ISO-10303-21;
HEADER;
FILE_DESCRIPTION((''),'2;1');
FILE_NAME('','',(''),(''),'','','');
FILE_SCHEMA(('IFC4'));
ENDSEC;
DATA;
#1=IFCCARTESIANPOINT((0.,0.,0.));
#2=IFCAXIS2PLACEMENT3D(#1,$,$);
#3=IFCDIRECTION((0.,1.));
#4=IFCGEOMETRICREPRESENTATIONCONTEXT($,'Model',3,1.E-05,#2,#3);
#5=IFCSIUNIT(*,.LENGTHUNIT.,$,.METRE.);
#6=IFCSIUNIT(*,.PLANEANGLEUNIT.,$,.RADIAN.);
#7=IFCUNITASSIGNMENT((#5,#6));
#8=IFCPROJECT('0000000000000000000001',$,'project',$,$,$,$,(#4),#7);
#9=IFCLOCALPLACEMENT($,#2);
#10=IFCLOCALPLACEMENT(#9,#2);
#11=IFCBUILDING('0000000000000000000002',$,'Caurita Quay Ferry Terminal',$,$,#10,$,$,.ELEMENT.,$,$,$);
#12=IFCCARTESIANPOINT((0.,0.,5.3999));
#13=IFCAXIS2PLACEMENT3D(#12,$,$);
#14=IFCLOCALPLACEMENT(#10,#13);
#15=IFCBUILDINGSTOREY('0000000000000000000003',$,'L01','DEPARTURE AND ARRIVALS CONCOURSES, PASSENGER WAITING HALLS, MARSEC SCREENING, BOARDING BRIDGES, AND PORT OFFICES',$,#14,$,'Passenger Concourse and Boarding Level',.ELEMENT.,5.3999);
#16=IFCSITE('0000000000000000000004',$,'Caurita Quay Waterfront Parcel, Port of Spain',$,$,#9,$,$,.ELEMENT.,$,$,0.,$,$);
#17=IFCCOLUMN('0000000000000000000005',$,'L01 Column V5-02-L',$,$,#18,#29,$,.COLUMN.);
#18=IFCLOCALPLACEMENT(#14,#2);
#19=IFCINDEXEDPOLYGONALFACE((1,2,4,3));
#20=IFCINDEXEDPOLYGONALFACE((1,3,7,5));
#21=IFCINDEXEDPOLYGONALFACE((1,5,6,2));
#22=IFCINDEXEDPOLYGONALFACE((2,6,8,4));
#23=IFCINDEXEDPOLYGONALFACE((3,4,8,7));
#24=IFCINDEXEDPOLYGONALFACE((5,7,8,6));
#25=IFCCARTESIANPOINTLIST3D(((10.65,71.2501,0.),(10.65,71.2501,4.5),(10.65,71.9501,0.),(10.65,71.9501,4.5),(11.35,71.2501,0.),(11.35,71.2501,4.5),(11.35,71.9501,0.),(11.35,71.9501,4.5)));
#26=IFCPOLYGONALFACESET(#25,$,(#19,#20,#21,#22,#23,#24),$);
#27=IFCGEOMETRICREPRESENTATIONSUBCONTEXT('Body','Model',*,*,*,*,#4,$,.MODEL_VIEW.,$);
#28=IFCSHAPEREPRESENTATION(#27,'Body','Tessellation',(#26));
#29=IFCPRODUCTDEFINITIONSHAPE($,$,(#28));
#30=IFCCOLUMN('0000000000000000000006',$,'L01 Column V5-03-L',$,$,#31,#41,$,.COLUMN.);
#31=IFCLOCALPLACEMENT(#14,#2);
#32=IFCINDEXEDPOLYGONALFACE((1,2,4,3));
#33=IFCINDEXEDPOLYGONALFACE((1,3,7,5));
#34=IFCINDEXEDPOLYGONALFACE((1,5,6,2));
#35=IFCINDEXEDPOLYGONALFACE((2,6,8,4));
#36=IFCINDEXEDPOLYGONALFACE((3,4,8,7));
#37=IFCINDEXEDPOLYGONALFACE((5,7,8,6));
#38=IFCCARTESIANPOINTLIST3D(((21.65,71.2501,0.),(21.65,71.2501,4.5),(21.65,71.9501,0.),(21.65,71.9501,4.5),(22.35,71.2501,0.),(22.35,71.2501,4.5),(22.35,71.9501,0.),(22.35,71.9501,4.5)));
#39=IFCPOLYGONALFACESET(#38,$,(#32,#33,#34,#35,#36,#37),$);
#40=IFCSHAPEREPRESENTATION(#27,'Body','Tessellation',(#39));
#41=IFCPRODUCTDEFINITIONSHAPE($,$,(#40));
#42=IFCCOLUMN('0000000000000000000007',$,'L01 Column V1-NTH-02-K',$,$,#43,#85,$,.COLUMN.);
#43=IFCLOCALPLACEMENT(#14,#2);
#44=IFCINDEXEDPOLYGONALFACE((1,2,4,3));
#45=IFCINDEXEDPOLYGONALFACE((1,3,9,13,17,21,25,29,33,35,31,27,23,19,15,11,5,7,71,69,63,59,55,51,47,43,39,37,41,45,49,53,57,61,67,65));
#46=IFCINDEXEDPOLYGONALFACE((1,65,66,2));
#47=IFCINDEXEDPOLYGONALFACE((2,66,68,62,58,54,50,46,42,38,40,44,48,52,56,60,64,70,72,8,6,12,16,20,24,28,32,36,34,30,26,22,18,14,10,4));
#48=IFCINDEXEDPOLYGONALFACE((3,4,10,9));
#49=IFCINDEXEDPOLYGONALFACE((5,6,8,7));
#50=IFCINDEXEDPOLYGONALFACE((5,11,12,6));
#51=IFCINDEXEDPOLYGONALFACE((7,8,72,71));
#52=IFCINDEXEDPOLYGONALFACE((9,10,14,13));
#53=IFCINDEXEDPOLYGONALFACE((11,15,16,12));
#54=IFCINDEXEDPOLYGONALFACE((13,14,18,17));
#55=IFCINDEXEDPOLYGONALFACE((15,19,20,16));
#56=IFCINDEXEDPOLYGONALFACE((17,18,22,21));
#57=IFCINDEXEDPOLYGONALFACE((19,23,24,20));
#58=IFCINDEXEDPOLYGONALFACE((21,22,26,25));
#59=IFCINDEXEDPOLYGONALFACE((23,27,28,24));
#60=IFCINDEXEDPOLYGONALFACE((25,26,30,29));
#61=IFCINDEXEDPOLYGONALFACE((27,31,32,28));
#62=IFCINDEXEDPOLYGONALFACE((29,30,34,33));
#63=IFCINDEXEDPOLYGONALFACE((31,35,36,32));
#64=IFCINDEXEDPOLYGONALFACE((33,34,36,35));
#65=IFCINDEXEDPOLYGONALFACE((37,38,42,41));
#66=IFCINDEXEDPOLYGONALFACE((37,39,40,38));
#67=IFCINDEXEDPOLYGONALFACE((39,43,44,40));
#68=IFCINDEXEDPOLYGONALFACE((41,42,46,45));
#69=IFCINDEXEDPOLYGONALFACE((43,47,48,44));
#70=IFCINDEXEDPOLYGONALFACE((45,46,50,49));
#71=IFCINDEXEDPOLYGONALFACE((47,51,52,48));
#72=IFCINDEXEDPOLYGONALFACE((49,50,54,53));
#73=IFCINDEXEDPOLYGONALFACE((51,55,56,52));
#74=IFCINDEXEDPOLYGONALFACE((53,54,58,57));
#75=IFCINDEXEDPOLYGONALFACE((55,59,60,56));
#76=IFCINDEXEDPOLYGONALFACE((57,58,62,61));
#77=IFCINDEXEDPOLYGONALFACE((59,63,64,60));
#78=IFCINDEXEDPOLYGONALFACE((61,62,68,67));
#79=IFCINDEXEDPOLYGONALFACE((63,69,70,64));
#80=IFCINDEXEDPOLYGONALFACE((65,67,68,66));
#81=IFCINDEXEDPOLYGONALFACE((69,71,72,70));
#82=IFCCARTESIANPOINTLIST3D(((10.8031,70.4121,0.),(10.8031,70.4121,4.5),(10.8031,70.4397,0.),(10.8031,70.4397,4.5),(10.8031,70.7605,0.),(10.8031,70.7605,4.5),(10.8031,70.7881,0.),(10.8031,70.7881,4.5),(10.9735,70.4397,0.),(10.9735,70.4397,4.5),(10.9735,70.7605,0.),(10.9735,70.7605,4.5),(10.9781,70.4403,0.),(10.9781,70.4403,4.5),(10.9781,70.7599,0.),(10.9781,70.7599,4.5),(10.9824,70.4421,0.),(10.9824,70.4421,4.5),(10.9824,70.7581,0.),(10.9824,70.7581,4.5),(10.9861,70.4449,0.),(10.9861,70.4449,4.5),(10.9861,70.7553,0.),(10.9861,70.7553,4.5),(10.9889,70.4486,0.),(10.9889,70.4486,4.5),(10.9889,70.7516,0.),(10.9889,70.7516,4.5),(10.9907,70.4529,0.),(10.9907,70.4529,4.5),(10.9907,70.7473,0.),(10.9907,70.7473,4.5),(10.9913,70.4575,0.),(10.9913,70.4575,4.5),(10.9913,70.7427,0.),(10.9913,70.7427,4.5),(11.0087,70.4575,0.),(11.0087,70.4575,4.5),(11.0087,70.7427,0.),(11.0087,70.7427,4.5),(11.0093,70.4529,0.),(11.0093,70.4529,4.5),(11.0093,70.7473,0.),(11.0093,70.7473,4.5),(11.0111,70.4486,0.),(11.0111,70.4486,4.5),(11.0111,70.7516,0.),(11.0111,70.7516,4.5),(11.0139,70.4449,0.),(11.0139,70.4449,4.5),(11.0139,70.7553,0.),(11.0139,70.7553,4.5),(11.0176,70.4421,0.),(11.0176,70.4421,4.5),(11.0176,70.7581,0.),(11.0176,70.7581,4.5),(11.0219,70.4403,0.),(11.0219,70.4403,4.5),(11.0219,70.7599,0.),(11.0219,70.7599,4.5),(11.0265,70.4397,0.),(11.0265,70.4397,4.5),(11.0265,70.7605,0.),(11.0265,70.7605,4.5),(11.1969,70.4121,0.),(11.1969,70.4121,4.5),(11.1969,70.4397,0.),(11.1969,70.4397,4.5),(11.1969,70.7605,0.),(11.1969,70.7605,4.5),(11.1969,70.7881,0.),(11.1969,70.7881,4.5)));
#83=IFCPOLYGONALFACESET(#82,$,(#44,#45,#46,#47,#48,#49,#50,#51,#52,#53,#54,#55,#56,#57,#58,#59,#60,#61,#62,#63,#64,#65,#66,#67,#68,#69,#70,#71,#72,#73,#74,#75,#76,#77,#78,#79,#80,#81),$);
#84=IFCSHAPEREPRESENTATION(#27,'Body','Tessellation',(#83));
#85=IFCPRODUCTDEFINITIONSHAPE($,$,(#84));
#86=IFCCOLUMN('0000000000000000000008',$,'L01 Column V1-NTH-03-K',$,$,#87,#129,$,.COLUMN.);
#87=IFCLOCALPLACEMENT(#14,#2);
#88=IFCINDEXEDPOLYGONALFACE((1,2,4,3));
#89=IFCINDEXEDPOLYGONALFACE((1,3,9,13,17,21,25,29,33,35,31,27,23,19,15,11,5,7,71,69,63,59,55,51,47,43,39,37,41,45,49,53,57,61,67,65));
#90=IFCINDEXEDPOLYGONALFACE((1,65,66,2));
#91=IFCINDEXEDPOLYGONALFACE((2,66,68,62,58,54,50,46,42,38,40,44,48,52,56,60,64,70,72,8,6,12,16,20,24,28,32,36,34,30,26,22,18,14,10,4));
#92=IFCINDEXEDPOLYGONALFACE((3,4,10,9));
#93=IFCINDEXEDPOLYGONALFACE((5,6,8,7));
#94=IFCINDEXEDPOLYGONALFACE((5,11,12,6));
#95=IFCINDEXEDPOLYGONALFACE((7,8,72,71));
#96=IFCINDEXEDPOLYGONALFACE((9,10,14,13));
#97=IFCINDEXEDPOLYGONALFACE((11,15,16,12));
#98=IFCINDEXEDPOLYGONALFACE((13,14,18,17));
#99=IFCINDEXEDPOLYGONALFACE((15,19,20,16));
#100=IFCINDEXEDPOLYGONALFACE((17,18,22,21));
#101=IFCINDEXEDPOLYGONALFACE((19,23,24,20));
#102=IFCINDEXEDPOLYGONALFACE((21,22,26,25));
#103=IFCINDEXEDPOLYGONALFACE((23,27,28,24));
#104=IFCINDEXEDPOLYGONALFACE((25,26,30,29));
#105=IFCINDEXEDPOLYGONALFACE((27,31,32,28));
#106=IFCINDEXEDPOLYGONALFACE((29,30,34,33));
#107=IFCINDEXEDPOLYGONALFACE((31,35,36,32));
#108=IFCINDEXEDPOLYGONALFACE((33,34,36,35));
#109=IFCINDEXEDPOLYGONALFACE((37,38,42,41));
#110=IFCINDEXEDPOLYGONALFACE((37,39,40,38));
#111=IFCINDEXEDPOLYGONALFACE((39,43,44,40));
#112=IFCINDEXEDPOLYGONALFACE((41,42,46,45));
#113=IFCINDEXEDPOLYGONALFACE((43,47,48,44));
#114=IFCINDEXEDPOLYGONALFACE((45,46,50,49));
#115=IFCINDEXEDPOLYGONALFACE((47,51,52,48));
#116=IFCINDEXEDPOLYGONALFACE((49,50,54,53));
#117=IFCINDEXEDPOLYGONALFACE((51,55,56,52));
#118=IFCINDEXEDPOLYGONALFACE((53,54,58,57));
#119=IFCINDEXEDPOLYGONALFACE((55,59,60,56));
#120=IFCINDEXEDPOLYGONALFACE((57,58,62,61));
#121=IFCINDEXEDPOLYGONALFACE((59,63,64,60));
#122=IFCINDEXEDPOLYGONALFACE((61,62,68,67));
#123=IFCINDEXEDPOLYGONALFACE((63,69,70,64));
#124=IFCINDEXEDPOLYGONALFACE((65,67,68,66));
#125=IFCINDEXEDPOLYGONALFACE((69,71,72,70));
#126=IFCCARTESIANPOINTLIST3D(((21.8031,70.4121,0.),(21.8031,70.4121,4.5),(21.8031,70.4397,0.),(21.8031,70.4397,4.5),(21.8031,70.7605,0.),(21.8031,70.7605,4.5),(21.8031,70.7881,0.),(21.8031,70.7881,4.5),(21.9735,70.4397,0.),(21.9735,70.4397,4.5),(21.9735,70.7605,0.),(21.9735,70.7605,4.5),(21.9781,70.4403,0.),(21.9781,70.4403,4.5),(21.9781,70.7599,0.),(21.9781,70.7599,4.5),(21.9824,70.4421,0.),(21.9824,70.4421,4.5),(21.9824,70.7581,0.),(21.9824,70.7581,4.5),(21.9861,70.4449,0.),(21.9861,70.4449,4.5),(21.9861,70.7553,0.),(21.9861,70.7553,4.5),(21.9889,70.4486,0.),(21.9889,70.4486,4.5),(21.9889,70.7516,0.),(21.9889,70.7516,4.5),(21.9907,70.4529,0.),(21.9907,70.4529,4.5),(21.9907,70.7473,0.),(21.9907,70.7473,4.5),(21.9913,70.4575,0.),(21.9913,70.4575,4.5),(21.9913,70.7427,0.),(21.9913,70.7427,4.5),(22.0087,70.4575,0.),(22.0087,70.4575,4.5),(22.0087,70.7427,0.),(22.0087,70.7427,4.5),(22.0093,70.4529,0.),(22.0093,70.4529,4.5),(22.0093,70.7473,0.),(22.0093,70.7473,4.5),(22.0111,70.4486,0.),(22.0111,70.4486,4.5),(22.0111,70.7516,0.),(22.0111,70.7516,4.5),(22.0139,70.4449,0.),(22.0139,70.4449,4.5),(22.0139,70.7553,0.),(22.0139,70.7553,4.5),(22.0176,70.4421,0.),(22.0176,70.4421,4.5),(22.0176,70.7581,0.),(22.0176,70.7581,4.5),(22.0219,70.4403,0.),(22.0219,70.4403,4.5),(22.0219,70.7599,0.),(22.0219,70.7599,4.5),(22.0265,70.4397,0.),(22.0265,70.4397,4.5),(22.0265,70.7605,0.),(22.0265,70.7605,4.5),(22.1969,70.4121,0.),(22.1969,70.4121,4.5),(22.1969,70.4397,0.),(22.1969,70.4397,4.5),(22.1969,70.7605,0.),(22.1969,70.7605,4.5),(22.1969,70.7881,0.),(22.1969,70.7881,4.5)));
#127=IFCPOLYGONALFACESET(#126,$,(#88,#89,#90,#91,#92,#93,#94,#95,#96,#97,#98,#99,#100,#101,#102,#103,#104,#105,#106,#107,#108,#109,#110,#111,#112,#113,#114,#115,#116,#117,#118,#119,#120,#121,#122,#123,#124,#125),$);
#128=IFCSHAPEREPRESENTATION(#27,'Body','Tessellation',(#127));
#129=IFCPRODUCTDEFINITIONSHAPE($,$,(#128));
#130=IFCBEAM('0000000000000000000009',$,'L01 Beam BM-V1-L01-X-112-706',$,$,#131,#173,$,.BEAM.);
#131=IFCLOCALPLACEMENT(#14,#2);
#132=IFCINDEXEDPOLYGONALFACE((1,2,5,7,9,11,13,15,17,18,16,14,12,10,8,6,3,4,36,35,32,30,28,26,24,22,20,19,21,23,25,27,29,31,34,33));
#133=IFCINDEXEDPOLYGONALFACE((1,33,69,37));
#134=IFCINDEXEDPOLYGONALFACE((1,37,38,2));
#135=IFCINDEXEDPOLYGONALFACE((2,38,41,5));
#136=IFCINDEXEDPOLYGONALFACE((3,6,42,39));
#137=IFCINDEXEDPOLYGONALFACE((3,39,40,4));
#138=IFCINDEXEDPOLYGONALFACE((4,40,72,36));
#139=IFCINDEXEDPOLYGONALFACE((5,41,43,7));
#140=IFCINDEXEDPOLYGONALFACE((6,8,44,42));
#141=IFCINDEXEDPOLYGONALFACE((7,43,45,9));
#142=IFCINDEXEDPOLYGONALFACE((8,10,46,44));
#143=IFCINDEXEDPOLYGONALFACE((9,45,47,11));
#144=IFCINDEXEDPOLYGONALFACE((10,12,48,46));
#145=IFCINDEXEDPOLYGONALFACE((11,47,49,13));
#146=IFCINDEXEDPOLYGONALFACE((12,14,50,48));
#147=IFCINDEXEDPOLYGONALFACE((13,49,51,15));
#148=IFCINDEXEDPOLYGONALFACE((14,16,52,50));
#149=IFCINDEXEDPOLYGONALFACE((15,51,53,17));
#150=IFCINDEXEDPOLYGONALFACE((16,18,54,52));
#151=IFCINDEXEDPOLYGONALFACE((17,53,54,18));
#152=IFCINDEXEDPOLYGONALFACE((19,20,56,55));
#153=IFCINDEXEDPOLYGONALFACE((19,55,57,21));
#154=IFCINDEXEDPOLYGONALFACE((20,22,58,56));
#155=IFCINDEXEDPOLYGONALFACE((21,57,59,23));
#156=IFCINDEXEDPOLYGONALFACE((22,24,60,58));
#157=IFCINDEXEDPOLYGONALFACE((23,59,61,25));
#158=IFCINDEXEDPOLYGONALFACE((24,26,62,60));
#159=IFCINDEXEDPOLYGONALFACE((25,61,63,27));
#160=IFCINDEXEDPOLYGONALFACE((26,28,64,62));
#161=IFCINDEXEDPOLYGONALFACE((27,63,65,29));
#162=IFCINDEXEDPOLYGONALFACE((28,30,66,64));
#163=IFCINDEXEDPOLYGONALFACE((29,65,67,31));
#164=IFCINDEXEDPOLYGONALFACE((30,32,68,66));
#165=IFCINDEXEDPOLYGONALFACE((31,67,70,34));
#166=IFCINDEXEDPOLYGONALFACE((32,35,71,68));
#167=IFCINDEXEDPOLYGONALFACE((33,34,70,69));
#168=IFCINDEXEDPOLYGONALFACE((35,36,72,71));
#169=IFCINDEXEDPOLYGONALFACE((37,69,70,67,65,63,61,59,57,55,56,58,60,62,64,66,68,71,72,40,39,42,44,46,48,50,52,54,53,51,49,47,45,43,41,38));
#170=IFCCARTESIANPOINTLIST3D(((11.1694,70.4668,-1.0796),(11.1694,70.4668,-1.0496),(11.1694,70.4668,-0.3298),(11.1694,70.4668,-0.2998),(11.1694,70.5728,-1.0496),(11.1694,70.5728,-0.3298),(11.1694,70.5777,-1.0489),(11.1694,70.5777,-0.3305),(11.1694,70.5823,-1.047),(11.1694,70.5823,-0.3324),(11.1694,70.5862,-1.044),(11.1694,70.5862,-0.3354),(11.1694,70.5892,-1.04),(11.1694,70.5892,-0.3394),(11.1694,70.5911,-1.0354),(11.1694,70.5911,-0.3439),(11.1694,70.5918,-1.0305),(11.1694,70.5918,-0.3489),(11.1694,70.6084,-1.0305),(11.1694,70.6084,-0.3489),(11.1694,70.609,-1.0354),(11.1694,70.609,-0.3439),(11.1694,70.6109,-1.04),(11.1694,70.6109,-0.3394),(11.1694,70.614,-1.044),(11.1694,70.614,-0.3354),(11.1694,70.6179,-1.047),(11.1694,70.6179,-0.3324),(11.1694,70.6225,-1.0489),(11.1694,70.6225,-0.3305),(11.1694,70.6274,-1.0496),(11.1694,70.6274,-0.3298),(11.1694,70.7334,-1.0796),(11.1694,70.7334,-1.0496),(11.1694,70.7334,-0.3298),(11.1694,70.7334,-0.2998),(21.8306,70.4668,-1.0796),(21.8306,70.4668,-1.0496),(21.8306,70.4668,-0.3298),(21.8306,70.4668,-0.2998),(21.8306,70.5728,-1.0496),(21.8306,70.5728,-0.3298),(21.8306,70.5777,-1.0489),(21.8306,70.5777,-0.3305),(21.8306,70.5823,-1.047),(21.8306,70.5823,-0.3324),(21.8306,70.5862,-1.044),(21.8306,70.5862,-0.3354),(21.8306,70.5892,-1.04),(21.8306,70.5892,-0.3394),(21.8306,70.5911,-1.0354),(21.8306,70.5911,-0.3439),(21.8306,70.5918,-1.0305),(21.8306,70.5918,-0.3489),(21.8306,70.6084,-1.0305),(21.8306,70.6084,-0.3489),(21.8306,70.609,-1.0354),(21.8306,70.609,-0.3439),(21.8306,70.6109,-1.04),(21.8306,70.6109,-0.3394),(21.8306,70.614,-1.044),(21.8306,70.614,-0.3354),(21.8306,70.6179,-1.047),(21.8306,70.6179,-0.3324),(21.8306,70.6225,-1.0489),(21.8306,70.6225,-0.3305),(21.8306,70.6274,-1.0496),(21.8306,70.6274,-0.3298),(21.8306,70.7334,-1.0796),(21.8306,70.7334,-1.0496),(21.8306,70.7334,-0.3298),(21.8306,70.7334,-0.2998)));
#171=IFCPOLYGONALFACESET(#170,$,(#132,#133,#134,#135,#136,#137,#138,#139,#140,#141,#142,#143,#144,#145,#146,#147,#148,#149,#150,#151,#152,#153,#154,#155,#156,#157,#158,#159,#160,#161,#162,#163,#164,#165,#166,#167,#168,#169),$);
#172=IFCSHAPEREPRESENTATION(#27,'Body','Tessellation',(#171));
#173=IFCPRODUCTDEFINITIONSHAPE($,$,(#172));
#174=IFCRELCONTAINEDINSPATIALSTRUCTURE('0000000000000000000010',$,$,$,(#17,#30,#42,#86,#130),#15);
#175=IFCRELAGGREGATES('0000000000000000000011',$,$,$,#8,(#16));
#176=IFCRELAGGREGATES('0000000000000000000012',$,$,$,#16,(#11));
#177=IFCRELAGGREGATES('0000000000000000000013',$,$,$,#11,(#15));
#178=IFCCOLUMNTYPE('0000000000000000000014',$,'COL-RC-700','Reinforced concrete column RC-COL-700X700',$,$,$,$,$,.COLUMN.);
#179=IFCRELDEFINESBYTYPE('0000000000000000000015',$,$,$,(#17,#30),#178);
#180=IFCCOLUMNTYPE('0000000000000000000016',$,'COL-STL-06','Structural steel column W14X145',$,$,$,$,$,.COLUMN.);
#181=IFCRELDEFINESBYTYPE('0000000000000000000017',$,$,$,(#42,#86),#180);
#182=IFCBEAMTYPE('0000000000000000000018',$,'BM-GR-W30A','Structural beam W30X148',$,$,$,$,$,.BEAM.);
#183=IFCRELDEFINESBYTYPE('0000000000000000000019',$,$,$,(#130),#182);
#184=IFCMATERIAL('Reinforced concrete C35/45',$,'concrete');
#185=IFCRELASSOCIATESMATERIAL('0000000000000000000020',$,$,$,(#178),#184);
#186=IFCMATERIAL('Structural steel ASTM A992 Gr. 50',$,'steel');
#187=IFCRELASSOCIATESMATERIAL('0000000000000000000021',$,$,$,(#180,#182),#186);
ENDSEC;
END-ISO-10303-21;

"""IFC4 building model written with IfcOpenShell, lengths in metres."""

from ifc_helpers import new_model, si_unit, direction, frame, origin, origin_2d, place, context, subcontext, project, spatial, rectangle, i_section, extrude, material, material_profile, profile_set, type_object, element, save


model = new_model("IFC4")

# Units and contexts
model_context = context("Model", 3, precision=1e-05, world=origin(), true_north=direction((0.0, 1.0)))
body_context = subcontext(model_context, "Body", "Model", "MODEL_VIEW")
ifc_project = project(units=[si_unit("LENGTHUNIT", "METRE"), si_unit("PLANEANGLEUNIT", "RADIAN")], contexts=[model_context])

# Site, building, storey
site_placement = place(None, origin())
site = spatial("IfcSite", under=ifc_project, at=site_placement, Name="Caurita Quay Waterfront Parcel, Port of Spain", CompositionType="ELEMENT", RefElevation=0.0)
building_placement = place(site_placement, origin())
building = spatial("IfcBuilding", under=site, at=building_placement, Name="Caurita Quay Ferry Terminal", CompositionType="ELEMENT")
storey_placement = place(building_placement, frame((0.0, 0.0, 5.3999)))
storey = spatial("IfcBuildingStorey", under=building, at=storey_placement, Name="L01", Description="DEPARTURE AND ARRIVALS CONCOURSES, PASSENGER WAITING HALLS, MARSEC SCREENING, BOARDING BRIDGES, AND PORT OFFICES", LongName="Passenger Concourse and Boarding Level", CompositionType="ELEMENT", Elevation=5.3999)

# Columns
ifc_material_1 = material(Name="Reinforced concrete C35/45", Category="concrete")
ifc_material_profile_1 = material_profile(ifc_material_1, rectangle(XDim=0.7, YDim=0.7, at=origin_2d()), Name="RC-COL-700X700")
ifc_profile_set_1 = profile_set([ifc_material_profile_1], Name="Reinforced concrete C35/45")
column_type_1 = type_object("IfcColumnType", Name="COL-RC-700", Description="Reinforced concrete column RC-COL-700X700", PredefinedType="COLUMN", material=ifc_profile_set_1)
for number, where, z_axis, x_axis, name in (
    (1, (11.0, 71.6001, 0.0), (0.0, 0.0, 1.0), (1.0, 0.0, 0.0), "L01 Column V5-02-L"),
    (2, (22.0, 71.6001, 0.0), (0.0, 0.0, 1.0), (1.0, 0.0, 0.0), "L01 Column V5-03-L"),
):
    element("IfcColumn", number, at=place(storey_placement, frame(where, z_axis=z_axis, x_axis=x_axis)), inside=storey, type_object=column_type_1, Name=name, PredefinedType="COLUMN", context=body_context, shape_type="SweptSolid", body=[
        extrude(rectangle(XDim=0.7, YDim=0.7, at=origin_2d()), origin(), (0.0, 0.0, 1.0), 4.5),
    ])
ifc_material_2 = material(Name="Structural steel ASTM A992 Gr. 50", Category="steel")
ifc_material_profile_2 = material_profile(ifc_material_2, i_section(OverallWidth=0.3938, OverallDepth=0.376, WebThickness=0.0173, FlangeThickness=0.0276, FilletRadius=0.0178, at=origin_2d()), Name="W14X145")
ifc_profile_set_2 = profile_set([ifc_material_profile_2], Name="Structural steel ASTM A992 Gr. 50")
column_type_2 = type_object("IfcColumnType", Name="COL-STL-06", Description="Structural steel column W14X145", PredefinedType="COLUMN", material=ifc_profile_set_2)
for number, where, z_axis, x_axis, name in (
    (3, (11.0, 70.6001, 0.0), (0.0, 0.0, 1.0), (1.0, 0.0, 0.0), "L01 Column V1-NTH-02-K"),
    (4, (22.0, 70.6001, 0.0), (0.0, 0.0, 1.0), (1.0, 0.0, 0.0), "L01 Column V1-NTH-03-K"),
):
    element("IfcColumn", number, at=place(storey_placement, frame(where, z_axis=z_axis, x_axis=x_axis)), inside=storey, type_object=column_type_2, Name=name, PredefinedType="COLUMN", context=body_context, shape_type="SweptSolid", body=[
        extrude(i_section(OverallWidth=0.3938, OverallDepth=0.376, WebThickness=0.0173, FlangeThickness=0.0276, FilletRadius=0.0178, at=origin_2d()), origin(), (0.0, 0.0, 1.0), 4.5),
    ])

# Beam
ifc_material_profile_3 = material_profile(ifc_material_2, i_section(OverallWidth=0.2666, OverallDepth=0.7798, WebThickness=0.0166, FlangeThickness=0.03, FilletRadius=0.019, at=origin_2d()), Name="W30X148")
ifc_profile_set_3 = profile_set([ifc_material_profile_3], Name="Structural steel ASTM A992 Gr. 50")
beam_type_1 = type_object("IfcBeamType", Name="BM-GR-W30A", Description="Structural beam W30X148", PredefinedType="BEAM", material=ifc_profile_set_3)
for number, where, z_axis, x_axis, name in (
    (5, (11.1694, 70.6001, -0.6897), (1.0, 0.0, 0.0), (0.0, 1.0, 0.0), "L01 Beam BM-V1-L01-X-112-706"),
):
    element("IfcBeam", number, at=place(storey_placement, frame(where, z_axis=z_axis, x_axis=x_axis)), inside=storey, type_object=beam_type_1, Name=name, PredefinedType="BEAM", context=body_context, shape_type="SweptSolid", body=[
        extrude(i_section(OverallWidth=0.2666, OverallDepth=0.7798, WebThickness=0.0166, FlangeThickness=0.03, FilletRadius=0.019, at=origin_2d()), origin(), (0.0, 0.0, 1.0), 10.6611),
    ])

save(model, "model.ifc")
